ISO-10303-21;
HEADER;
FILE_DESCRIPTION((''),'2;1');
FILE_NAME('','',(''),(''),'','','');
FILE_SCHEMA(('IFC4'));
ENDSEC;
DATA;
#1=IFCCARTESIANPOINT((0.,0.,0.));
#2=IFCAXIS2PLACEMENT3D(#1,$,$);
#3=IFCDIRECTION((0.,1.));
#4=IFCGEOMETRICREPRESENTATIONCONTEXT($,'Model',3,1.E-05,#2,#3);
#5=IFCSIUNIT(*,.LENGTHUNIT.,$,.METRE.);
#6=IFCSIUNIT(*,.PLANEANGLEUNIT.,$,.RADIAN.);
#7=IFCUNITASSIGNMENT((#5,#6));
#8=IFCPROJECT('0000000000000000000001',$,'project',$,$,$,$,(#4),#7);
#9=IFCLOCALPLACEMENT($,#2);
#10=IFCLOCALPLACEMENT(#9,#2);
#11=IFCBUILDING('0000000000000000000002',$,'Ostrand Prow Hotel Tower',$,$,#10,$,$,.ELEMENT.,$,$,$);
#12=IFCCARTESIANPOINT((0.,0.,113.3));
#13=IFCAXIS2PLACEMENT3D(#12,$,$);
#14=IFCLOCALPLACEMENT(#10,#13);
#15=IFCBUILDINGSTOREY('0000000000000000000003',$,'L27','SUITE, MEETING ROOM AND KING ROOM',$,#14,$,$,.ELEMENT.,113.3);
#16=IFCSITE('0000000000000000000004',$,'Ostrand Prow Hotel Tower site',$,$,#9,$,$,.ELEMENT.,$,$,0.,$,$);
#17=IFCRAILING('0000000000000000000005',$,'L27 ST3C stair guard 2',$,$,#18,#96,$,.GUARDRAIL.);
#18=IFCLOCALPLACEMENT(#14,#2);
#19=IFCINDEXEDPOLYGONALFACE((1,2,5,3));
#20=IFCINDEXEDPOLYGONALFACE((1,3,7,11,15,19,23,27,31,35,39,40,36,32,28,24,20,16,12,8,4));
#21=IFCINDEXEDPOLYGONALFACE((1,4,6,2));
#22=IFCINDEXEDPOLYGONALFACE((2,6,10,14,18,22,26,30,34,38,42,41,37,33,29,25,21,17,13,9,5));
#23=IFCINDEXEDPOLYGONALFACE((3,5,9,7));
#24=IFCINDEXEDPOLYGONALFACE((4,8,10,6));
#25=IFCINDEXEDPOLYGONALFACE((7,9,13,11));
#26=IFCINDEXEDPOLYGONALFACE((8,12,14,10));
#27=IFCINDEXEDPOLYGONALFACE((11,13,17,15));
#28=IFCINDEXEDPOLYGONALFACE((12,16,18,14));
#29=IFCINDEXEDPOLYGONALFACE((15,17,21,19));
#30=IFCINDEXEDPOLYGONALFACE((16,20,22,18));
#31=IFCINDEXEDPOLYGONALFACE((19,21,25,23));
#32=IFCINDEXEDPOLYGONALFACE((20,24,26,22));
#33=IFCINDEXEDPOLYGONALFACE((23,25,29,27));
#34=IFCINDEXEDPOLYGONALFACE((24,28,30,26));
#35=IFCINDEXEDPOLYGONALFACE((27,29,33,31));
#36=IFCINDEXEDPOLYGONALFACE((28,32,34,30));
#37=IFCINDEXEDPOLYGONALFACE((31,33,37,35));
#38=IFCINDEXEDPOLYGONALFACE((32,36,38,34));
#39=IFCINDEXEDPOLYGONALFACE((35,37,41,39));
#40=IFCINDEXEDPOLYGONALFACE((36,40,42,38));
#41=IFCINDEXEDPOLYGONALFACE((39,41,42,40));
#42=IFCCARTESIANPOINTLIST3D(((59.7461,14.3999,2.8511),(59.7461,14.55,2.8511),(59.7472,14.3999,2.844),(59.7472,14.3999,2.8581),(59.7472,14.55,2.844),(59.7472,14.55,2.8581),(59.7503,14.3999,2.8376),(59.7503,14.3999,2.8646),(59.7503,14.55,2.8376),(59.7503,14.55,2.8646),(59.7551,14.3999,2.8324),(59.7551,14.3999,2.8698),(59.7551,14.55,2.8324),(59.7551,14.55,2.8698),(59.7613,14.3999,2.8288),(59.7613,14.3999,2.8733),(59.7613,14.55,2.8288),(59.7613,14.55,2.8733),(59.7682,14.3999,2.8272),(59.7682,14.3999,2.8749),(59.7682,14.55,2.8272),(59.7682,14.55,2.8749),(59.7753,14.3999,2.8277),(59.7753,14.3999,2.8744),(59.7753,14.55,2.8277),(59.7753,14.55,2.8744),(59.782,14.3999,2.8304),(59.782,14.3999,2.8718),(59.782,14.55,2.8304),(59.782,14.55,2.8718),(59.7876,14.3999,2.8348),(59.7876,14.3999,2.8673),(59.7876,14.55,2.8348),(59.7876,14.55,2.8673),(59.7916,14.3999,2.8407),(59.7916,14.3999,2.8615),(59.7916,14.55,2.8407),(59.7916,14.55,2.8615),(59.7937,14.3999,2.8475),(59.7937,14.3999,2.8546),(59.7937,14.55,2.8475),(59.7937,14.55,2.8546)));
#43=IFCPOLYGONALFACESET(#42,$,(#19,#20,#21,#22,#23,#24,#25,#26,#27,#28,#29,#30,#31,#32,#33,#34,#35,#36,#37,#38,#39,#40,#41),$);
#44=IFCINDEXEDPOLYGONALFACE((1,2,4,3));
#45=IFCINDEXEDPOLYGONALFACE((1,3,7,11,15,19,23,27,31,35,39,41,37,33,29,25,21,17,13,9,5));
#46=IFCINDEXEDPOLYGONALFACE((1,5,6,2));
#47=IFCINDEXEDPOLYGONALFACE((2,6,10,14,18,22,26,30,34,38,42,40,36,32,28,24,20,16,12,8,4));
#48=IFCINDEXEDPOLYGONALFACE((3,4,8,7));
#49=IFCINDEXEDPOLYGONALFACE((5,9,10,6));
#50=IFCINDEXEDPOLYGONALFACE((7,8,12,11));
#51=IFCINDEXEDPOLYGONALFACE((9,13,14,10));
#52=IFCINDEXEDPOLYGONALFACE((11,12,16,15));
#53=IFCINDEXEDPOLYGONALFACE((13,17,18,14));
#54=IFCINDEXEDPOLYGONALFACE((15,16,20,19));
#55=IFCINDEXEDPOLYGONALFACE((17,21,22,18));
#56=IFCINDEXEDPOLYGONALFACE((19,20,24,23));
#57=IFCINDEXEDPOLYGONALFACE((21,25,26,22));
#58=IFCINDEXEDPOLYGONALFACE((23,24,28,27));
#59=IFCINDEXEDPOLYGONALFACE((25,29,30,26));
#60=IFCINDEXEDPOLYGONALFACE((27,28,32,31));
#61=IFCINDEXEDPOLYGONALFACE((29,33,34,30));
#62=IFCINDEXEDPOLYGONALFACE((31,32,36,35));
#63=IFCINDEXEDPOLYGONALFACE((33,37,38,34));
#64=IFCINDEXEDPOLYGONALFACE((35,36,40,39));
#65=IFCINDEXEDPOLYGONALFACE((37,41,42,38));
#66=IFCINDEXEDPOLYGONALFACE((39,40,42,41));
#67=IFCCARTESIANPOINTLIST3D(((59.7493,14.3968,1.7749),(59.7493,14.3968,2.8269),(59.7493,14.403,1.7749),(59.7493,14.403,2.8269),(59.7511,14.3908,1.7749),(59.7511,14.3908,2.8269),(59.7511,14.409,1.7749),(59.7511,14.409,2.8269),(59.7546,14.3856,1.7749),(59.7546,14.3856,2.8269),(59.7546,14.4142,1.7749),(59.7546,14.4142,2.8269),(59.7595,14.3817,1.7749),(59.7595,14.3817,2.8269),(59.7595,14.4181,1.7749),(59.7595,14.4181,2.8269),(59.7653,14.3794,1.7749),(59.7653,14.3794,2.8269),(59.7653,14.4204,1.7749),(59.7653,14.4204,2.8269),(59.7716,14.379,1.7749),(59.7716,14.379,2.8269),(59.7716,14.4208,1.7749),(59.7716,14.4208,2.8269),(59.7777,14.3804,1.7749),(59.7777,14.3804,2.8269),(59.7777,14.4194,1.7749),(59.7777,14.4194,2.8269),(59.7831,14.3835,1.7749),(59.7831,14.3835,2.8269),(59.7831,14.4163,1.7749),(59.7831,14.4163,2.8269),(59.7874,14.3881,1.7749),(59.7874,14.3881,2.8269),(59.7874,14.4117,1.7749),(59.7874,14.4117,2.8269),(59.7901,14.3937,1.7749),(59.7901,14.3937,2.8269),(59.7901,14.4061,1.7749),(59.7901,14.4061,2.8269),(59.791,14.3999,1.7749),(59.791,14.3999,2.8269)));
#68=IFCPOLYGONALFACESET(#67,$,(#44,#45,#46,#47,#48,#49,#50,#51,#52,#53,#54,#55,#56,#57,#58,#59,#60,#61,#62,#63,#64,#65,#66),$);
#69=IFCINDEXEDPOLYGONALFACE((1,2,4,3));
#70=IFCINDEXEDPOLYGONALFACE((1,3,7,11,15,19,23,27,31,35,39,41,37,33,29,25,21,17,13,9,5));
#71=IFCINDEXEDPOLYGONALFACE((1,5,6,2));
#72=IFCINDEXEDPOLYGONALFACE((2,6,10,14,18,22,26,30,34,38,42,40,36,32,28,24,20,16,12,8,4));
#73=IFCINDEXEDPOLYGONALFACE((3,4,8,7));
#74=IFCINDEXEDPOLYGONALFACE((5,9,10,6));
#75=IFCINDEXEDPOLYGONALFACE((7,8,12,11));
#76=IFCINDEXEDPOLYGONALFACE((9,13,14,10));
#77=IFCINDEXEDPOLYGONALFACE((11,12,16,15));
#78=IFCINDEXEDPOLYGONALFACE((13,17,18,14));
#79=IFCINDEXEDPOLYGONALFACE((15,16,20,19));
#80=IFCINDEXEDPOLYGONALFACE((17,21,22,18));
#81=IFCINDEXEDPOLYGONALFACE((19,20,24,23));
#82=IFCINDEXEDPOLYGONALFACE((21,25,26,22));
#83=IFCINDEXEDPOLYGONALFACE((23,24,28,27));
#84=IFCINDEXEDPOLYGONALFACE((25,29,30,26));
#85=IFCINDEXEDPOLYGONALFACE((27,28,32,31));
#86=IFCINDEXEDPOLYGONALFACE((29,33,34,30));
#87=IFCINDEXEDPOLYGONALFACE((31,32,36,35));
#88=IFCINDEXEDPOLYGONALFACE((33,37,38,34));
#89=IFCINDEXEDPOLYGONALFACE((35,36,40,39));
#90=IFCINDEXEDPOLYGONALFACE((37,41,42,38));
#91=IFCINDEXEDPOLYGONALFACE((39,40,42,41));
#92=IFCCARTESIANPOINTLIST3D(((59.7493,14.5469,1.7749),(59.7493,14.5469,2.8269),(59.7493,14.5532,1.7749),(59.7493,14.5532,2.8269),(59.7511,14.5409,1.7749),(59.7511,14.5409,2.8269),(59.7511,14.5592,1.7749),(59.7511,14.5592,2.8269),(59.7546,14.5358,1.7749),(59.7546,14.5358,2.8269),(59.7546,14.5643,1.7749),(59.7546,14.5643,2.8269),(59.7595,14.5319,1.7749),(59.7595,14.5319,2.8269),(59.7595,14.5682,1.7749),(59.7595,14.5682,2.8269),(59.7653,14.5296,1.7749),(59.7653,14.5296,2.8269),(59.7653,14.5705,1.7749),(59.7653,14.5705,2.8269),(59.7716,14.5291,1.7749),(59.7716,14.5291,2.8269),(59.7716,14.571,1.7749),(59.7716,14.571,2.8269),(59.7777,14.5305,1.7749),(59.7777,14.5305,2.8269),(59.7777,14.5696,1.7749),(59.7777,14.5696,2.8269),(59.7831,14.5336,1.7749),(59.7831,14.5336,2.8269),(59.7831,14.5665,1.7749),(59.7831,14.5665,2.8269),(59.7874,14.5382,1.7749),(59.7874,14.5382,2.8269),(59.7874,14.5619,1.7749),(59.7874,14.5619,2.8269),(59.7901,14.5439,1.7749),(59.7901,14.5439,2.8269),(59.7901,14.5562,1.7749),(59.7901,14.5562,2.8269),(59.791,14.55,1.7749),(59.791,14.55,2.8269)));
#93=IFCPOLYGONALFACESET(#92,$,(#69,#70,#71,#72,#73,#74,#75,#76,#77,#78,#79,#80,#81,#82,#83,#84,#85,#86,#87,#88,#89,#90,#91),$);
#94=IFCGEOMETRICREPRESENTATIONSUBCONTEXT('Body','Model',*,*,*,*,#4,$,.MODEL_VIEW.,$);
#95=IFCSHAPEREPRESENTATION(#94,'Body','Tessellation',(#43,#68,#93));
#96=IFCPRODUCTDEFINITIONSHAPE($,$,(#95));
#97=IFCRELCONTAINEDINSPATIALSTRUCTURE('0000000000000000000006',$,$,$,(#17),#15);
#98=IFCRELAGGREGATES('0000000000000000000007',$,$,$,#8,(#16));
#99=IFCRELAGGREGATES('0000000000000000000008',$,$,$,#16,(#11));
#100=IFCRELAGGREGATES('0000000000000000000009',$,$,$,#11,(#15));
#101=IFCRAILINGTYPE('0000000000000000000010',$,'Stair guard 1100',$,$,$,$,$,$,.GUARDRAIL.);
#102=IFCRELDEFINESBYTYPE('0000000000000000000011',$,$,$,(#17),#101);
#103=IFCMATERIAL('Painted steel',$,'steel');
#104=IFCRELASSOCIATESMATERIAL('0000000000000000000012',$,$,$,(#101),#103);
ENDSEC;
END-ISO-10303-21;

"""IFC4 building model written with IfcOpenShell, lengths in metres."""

from ifc_helpers import new_model, si_unit, direction, frame, origin, origin_2d, place, context, subcontext, project, spatial, circle, extrude, material, type_object, element, save


model = new_model("IFC4")

# Units and contexts
model_context = context("Model", 3, precision=1e-05, world=origin(), true_north=direction((0.0, 1.0)))
body_context = subcontext(model_context, "Body", "Model", "MODEL_VIEW")
ifc_project = project(units=[si_unit("LENGTHUNIT", "METRE"), si_unit("PLANEANGLEUNIT", "RADIAN")], contexts=[model_context])

# Site, building, storey
site_placement = place(None, origin())
site = spatial("IfcSite", under=ifc_project, at=site_placement, Name="Ostrand Prow Hotel Tower site", CompositionType="ELEMENT", RefElevation=0.0)
building_placement = place(site_placement, origin())
building = spatial("IfcBuilding", under=site, at=building_placement, Name="Ostrand Prow Hotel Tower", CompositionType="ELEMENT")
storey_placement = place(building_placement, frame((0.0, 0.0, 113.3)))
storey = spatial("IfcBuildingStorey", under=building, at=storey_placement, Name="L27", Description="SUITE, MEETING ROOM AND KING ROOM", CompositionType="ELEMENT", Elevation=113.3)

# Railing
ifc_material_1 = material(Name="Painted steel", Category="steel")
railing_type_1 = type_object("IfcRailingType", Name="Stair guard 1100", PredefinedType="GUARDRAIL", material=ifc_material_1)
railing_1_placement = place(storey_placement, frame((59.77, 14.3999, 1.7749)))
element("IfcRailing", 1, at=railing_1_placement, inside=storey, type_object=railing_type_1, Name="L27 ST3C stair guard 2", PredefinedType="GUARDRAIL", context=body_context, shape_type="SweptSolid", body=[
    extrude(circle(Radius=0.0239, at=origin_2d()), frame((0.0, 0.0, 1.0762), z_axis=(0.0, 1.0, 0.0), x_axis=(-1.0, 0.0, 0.0)), (0.0, 0.0, 1.0), 0.1501),
    extrude(circle(Radius=0.021, at=origin_2d()), origin(), (0.0, 0.0, 1.0), 1.052),
    extrude(circle(Radius=0.021, at=origin_2d()), frame((0.0, 0.1501, 0.0)), (0.0, 0.0, 1.0), 1.052),
])

save(model, "model.ifc")
